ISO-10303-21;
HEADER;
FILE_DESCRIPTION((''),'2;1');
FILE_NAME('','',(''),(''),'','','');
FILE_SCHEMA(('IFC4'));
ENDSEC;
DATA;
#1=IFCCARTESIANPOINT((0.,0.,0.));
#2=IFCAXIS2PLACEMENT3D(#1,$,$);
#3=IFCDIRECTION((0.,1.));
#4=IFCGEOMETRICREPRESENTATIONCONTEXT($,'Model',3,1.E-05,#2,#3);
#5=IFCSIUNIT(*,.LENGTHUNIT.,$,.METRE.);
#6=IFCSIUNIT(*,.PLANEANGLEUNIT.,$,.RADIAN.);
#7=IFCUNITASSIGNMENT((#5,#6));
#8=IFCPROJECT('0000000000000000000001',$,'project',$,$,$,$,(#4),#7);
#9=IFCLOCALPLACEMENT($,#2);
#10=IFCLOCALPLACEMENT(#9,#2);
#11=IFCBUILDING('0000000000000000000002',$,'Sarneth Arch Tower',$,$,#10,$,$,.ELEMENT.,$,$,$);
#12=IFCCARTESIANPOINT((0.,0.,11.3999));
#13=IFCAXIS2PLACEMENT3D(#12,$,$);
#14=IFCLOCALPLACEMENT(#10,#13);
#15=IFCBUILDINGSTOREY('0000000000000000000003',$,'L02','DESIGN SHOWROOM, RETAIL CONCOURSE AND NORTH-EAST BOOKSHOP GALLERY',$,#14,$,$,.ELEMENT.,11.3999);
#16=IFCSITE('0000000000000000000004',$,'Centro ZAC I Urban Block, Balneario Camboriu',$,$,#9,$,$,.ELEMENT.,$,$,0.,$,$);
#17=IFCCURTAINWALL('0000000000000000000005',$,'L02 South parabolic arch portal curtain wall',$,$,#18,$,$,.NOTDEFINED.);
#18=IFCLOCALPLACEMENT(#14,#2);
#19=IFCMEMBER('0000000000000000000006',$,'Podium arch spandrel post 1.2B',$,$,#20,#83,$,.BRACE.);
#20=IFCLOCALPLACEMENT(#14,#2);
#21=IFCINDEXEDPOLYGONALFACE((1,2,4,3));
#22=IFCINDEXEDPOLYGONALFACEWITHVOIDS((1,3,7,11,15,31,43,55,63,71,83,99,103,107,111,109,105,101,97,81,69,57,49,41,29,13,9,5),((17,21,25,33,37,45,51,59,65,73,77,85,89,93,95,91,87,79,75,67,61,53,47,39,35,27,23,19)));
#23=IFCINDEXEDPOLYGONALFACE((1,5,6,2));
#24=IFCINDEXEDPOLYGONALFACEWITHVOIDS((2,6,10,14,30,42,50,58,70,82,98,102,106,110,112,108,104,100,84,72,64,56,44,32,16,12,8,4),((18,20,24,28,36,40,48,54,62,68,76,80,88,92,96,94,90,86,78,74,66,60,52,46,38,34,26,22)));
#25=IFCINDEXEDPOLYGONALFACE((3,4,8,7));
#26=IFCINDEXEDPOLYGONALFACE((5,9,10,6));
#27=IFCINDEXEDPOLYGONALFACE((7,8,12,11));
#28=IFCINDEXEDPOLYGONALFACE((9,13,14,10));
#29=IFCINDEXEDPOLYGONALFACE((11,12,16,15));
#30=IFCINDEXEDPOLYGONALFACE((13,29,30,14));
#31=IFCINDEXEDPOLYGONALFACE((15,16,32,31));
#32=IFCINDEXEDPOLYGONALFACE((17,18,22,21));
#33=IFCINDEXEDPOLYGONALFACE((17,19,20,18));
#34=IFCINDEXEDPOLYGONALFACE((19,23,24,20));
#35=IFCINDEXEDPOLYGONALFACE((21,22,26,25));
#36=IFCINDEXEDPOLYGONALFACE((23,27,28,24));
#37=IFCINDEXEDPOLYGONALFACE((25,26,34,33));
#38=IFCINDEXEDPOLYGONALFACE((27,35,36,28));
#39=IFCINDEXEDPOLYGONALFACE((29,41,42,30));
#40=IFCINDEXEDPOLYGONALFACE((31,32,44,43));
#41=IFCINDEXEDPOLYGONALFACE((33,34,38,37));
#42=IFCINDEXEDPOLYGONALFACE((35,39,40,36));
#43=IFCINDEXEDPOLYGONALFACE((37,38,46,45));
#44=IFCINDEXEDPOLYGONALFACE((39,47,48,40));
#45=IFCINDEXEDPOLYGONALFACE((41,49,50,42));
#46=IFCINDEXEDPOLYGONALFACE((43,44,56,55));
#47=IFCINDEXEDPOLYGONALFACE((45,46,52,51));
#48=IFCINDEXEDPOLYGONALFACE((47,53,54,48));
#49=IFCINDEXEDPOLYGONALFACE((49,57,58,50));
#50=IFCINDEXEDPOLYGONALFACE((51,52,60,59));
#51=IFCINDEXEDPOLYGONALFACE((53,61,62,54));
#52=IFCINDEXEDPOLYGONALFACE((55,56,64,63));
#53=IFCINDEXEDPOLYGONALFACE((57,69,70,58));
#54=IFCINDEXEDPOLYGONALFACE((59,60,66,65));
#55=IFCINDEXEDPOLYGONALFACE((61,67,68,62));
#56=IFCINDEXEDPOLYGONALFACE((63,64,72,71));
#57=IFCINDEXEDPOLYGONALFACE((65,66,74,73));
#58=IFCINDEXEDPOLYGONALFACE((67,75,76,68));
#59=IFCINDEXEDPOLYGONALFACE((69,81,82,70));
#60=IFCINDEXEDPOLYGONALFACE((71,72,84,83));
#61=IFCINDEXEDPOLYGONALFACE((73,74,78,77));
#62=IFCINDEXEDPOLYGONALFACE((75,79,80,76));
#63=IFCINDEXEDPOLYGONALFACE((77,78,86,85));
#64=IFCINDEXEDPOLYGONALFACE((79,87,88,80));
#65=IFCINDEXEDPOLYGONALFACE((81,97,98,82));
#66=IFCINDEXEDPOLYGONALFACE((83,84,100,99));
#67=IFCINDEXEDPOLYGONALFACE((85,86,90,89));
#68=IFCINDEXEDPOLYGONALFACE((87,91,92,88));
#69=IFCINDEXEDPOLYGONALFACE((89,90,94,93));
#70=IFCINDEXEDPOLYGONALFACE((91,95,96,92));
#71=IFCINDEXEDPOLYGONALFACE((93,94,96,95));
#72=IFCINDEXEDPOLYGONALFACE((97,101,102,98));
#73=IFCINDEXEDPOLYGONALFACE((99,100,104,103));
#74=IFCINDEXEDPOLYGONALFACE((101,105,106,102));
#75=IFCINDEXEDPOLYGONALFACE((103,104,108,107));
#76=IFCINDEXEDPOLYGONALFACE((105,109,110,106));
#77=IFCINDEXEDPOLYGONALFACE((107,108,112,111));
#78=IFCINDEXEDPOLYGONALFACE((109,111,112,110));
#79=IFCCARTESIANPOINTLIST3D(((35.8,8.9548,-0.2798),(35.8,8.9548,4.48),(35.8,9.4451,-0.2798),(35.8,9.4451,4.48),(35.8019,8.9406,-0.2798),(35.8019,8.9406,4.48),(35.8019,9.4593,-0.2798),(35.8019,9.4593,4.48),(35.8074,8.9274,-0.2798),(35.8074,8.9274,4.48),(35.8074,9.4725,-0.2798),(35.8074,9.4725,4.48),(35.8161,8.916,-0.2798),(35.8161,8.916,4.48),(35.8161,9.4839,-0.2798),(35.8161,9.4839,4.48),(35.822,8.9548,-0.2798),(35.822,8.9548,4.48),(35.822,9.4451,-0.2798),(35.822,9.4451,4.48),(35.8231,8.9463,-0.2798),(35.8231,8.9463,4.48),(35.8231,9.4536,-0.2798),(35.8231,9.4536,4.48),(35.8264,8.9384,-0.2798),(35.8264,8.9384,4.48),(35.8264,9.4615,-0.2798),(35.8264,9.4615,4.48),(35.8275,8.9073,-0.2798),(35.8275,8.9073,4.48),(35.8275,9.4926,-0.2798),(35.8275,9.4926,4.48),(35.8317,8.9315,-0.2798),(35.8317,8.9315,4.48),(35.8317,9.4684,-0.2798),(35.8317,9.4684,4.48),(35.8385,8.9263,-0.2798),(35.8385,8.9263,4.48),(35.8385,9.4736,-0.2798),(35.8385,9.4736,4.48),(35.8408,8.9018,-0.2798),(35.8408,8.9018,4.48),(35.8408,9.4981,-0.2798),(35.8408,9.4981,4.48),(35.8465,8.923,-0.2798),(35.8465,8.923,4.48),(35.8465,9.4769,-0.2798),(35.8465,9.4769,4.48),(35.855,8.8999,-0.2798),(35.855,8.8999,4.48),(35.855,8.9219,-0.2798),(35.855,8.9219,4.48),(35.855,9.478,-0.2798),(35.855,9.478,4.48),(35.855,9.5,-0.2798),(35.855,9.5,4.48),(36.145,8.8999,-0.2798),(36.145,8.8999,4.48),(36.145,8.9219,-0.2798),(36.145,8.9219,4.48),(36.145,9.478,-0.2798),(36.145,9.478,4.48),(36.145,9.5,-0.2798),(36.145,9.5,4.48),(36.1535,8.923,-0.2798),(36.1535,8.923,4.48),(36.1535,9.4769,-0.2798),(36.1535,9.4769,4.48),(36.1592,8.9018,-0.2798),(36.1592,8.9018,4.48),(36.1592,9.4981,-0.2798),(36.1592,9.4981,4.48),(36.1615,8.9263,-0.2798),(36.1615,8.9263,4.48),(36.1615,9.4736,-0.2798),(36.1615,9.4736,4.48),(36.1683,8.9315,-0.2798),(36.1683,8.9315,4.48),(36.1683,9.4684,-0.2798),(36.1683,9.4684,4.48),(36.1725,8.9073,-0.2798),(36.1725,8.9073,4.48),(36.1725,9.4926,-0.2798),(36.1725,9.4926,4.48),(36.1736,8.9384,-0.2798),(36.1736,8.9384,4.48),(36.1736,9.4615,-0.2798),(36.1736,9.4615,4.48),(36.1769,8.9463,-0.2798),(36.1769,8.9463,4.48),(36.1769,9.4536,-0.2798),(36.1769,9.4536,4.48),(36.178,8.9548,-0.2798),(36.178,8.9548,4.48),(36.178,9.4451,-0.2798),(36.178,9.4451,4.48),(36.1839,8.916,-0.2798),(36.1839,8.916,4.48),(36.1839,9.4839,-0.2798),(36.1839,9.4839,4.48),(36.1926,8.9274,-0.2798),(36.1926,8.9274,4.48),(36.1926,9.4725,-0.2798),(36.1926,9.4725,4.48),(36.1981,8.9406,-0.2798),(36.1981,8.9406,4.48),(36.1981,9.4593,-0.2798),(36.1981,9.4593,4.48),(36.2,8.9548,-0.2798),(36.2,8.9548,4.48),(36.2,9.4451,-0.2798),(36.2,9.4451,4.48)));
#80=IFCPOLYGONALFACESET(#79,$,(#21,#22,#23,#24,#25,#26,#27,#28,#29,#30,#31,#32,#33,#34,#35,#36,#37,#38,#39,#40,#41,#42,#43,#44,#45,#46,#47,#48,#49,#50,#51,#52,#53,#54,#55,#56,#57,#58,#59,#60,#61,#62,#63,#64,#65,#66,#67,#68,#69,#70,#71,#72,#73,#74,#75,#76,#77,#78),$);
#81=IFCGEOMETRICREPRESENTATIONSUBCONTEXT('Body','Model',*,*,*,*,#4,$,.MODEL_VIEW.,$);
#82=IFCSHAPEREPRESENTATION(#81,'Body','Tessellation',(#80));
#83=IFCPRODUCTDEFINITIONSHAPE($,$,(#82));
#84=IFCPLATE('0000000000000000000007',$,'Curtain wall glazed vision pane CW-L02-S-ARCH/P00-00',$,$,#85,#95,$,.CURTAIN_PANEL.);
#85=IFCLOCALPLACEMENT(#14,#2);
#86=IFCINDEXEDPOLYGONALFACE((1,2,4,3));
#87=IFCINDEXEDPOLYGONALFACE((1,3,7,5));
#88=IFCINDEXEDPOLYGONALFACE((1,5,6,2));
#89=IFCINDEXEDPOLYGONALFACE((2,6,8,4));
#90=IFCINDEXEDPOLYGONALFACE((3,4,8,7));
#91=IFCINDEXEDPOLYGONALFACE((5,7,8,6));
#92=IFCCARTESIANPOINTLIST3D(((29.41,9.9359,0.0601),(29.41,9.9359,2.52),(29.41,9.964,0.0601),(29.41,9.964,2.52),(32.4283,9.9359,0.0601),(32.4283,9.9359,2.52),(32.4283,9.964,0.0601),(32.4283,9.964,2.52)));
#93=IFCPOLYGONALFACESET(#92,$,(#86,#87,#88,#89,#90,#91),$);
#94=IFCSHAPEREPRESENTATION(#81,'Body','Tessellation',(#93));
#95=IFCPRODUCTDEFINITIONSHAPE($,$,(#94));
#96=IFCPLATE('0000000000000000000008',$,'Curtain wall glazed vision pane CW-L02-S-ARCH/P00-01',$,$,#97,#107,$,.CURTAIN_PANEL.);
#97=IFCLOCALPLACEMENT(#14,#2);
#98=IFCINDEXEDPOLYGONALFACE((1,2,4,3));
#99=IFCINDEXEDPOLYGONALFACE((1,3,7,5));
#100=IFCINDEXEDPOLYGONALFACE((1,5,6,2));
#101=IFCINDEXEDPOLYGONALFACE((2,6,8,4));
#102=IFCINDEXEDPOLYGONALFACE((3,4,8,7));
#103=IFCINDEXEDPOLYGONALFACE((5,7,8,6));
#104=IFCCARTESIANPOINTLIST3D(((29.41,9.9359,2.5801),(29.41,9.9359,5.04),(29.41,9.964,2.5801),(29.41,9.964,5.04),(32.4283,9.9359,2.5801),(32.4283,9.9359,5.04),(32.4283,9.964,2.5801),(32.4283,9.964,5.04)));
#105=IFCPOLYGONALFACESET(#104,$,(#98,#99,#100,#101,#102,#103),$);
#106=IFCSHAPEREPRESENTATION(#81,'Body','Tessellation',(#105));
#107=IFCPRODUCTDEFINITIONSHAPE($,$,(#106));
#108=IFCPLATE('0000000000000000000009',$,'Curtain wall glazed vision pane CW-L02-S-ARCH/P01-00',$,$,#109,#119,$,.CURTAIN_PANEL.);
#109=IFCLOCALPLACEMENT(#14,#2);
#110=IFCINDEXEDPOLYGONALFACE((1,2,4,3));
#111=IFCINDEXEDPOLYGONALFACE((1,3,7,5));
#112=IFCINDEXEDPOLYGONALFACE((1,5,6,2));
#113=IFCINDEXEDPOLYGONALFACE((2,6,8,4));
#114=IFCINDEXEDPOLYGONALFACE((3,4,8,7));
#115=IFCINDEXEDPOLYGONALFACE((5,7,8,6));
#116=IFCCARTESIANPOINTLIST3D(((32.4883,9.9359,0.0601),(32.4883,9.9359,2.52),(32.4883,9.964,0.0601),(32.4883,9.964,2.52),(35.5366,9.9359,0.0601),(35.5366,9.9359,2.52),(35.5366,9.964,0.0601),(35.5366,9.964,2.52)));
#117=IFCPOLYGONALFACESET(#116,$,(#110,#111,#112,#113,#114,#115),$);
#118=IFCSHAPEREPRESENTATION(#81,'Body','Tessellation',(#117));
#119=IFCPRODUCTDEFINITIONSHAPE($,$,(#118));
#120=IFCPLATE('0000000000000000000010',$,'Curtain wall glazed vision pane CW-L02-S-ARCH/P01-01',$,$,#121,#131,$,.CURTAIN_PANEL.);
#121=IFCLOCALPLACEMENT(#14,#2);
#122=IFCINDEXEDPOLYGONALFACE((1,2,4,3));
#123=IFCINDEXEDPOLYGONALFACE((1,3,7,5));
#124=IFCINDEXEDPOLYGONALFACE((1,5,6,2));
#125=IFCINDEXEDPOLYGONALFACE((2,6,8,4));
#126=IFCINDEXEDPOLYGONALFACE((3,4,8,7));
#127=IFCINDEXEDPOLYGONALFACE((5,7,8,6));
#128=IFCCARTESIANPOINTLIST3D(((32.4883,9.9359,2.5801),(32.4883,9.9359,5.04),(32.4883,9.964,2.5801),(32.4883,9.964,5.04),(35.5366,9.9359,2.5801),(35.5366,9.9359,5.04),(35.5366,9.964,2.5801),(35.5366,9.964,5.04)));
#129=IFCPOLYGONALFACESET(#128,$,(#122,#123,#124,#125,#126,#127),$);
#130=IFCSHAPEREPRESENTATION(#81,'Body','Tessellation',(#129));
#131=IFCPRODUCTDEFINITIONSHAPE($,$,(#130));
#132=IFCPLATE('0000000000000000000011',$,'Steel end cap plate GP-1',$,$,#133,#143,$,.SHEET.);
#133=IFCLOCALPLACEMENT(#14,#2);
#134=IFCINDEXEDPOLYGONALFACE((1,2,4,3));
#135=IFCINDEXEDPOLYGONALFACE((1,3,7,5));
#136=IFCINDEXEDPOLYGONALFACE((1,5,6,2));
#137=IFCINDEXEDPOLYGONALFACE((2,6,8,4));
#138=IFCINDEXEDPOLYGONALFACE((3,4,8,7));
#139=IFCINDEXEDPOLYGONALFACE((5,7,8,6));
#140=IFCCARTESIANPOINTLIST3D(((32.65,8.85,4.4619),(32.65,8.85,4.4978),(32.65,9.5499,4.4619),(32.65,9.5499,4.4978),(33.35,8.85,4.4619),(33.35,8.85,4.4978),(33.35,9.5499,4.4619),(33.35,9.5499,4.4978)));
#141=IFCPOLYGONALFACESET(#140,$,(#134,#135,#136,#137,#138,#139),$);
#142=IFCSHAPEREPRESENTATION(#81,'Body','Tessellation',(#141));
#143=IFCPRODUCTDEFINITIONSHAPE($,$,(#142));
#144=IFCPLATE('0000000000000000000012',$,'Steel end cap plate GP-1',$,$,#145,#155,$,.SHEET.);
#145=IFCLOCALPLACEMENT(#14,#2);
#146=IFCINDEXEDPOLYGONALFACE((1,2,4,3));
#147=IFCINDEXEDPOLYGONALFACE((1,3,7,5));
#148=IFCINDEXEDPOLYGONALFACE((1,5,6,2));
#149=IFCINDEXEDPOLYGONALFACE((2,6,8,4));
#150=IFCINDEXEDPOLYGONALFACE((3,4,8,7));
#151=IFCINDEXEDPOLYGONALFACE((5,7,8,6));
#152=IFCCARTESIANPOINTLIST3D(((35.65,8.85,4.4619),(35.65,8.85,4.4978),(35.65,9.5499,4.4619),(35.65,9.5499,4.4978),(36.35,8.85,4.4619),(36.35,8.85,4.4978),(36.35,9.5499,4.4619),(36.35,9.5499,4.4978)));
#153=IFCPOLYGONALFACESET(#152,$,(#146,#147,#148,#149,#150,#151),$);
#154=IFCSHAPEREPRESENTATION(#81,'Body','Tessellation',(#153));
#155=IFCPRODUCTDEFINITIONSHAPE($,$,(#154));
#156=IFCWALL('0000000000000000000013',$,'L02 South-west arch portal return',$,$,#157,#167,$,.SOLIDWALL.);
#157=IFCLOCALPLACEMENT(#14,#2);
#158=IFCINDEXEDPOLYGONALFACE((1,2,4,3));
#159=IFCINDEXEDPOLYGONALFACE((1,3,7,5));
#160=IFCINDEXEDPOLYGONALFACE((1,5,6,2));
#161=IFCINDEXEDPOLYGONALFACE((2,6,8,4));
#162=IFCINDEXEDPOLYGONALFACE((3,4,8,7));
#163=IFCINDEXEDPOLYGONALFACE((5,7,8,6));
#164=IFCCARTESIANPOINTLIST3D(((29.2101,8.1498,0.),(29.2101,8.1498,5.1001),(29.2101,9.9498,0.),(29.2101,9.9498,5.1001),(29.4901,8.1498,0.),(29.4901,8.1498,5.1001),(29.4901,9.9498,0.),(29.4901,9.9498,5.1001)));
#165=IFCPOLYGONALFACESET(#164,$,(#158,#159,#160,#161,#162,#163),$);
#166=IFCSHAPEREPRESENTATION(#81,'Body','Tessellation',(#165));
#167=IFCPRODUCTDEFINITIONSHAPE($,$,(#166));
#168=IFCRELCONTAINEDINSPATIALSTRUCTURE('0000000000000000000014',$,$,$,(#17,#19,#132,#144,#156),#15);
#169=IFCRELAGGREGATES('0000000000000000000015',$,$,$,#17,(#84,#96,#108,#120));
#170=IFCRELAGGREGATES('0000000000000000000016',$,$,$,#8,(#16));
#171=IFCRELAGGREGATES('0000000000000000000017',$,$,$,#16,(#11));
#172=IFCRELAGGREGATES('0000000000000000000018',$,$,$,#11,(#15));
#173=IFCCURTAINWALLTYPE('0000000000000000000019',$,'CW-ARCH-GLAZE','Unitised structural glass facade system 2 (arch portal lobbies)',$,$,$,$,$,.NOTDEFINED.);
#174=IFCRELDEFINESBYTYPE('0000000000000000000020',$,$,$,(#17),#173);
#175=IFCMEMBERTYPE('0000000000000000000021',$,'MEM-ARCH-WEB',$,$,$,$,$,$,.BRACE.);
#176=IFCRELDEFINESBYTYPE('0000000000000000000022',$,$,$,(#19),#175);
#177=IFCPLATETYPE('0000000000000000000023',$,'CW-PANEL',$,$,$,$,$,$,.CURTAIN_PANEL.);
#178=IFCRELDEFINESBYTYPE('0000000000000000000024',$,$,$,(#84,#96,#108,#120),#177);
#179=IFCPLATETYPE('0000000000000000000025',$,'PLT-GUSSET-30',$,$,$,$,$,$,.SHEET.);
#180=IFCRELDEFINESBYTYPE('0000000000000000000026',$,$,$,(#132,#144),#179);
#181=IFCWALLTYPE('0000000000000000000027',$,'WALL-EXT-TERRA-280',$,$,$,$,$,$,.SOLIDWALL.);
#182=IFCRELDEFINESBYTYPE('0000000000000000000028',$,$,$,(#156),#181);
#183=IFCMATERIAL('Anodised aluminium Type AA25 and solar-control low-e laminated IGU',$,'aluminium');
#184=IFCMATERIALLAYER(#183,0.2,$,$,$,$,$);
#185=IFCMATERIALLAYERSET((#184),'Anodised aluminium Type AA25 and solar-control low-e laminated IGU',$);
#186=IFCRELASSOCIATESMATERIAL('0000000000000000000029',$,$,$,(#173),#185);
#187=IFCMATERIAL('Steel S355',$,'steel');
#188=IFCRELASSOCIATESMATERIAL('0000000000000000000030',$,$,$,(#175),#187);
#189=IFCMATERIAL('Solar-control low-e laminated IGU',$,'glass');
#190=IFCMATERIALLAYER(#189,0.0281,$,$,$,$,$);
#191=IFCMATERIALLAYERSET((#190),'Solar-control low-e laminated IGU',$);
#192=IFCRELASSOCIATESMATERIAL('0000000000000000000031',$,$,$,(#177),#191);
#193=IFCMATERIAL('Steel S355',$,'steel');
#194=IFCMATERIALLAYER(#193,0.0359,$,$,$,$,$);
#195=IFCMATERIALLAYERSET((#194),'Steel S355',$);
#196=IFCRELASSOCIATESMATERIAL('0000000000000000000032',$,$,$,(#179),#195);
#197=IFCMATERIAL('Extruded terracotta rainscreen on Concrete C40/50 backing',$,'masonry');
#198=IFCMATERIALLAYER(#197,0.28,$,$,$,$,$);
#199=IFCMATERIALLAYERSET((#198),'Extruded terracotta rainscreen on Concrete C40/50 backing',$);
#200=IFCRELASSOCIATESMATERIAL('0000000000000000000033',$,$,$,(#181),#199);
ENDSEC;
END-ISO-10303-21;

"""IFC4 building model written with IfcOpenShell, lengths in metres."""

from ifc_helpers import new_model, si_unit, direction, frame, frame_2d, origin, origin_2d, place, context, subcontext, project, spatial, rectangle, hollow_rectangle, extrude, material, layer, layer_set, material_profile, profile_set, type_object, element, aggregate, save


model = new_model("IFC4")

# Units and contexts
model_context = context("Model", 3, precision=1e-05, world=origin(), true_north=direction((0.0, 1.0)))
body_context = subcontext(model_context, "Body", "Model", "MODEL_VIEW")
ifc_project = project(units=[si_unit("LENGTHUNIT", "METRE"), si_unit("PLANEANGLEUNIT", "RADIAN")], contexts=[model_context])

# Site, building, storey
site_placement = place(None, origin())
site = spatial("IfcSite", under=ifc_project, at=site_placement, Name="Centro ZAC I Urban Block, Balneario Camboriu", CompositionType="ELEMENT", RefElevation=0.0)
building_placement = place(site_placement, origin())
building = spatial("IfcBuilding", under=site, at=building_placement, Name="Sarneth Arch Tower", CompositionType="ELEMENT")
storey_placement = place(building_placement, frame((0.0, 0.0, 11.3999)))
storey = spatial("IfcBuildingStorey", under=building, at=storey_placement, Name="L02", Description="DESIGN SHOWROOM, RETAIL CONCOURSE AND NORTH-EAST BOOKSHOP GALLERY", CompositionType="ELEMENT", Elevation=11.3999)

# Curtain wall
ifc_material_1 = material(Name="Anodised aluminium Type AA25 and solar-control low-e laminated IGU", Category="aluminium")
ifc_layer_1 = layer(ifc_material_1, 0.2)
ifc_layer_set_1 = layer_set([ifc_layer_1], Name="Anodised aluminium Type AA25 and solar-control low-e laminated IGU")
curtain_wall_type = type_object("IfcCurtainWallType", Name="CW-ARCH-GLAZE", Description="Unitised structural glass facade system 2 (arch portal lobbies)", PredefinedType="NOTDEFINED", material=ifc_layer_set_1)
curtain_wall_placement = place(storey_placement, origin())
curtain_wall = element("IfcCurtainWall", 1, at=curtain_wall_placement, inside=storey, type_object=curtain_wall_type, Name="L02 South parabolic arch portal curtain wall", PredefinedType="NOTDEFINED")

# Member
ifc_material_2 = material(Name="Steel S355", Category="steel")
ifc_material_profile_1 = material_profile(ifc_material_2, hollow_rectangle(XDim=0.3999, YDim=0.6001, WallThickness=0.022, InnerFilletRadius=0.033, OuterFilletRadius=0.0549, at=origin_2d()), Name="RHS600x400x22")
ifc_profile_set_1 = profile_set([ifc_material_profile_1], Name="Steel S355")
member_type_1 = type_object("IfcMemberType", Name="MEM-ARCH-WEB", PredefinedType="BRACE", material=ifc_profile_set_1)
for number, where, z_axis, x_axis, name in (
    (2, (36.0, 9.2, -0.2798), (0.0, 0.0, 1.0), (1.0, 0.0, 0.0), "Podium arch spandrel post 1.2B"),
):
    element("IfcMember", number, at=place(storey_placement, frame(where, z_axis=z_axis, x_axis=x_axis)), inside=storey, type_object=member_type_1, Name=name, PredefinedType="BRACE", context=body_context, shape_type="SweptSolid", body=[
        extrude(hollow_rectangle(XDim=0.3999, YDim=0.6001, WallThickness=0.022, InnerFilletRadius=0.033, OuterFilletRadius=0.0549, at=origin_2d()), origin(), (0.0, 0.0, 1.0), 4.7598),
    ])

# Plates
ifc_material_3 = material(Name="Solar-control low-e laminated IGU", Category="glass")
ifc_layer_2 = layer(ifc_material_3, 0.0281)
ifc_layer_set_2 = layer_set([ifc_layer_2], Name="Solar-control low-e laminated IGU")
plate_type_1 = type_object("IfcPlateType", Name="CW-PANEL", PredefinedType="CURTAIN_PANEL", material=ifc_layer_set_2)
plate_1_placement = place(storey_placement, frame((30.9192, 9.95, 0.0601), z_axis=(0.0, 0.0, 1.0), x_axis=(1.0, 0.0, 0.0)))
plate_1 = element("IfcPlate", 3, at=plate_1_placement, type_object=plate_type_1, Name="Curtain wall glazed vision pane CW-L02-S-ARCH/P00-00", PredefinedType="CURTAIN_PANEL", context=body_context, shape_type="SweptSolid", body=[
    extrude(rectangle(XDim=3.0183, YDim=0.0281, at=origin_2d()), origin(), (0.0, 0.0, 1.0), 2.46),
])
plate_2_placement = place(storey_placement, frame((30.9192, 9.95, 2.5801), z_axis=(0.0, 0.0, 1.0), x_axis=(1.0, 0.0, 0.0)))
plate_2 = element("IfcPlate", 4, at=plate_2_placement, type_object=plate_type_1, Name="Curtain wall glazed vision pane CW-L02-S-ARCH/P00-01", PredefinedType="CURTAIN_PANEL", context=body_context, shape_type="SweptSolid", body=[
    extrude(rectangle(XDim=3.0183, YDim=0.0281, at=origin_2d()), origin(), (0.0, 0.0, 1.0), 2.46),
])
plate_3_placement = place(storey_placement, frame((34.0125, 9.95, 0.0601), z_axis=(0.0, 0.0, 1.0), x_axis=(1.0, 0.0, 0.0)))
plate_3 = element("IfcPlate", 5, at=plate_3_placement, type_object=plate_type_1, Name="Curtain wall glazed vision pane CW-L02-S-ARCH/P01-00", PredefinedType="CURTAIN_PANEL", context=body_context, shape_type="SweptSolid", body=[
    extrude(rectangle(XDim=3.0483, YDim=0.0281, at=origin_2d()), origin(), (0.0, 0.0, 1.0), 2.46),
])
plate_4_placement = place(storey_placement, frame((34.0125, 9.95, 2.5801), z_axis=(0.0, 0.0, 1.0), x_axis=(1.0, 0.0, 0.0)))
plate_4 = element("IfcPlate", 6, at=plate_4_placement, type_object=plate_type_1, Name="Curtain wall glazed vision pane CW-L02-S-ARCH/P01-01", PredefinedType="CURTAIN_PANEL", context=body_context, shape_type="SweptSolid", body=[
    extrude(rectangle(XDim=3.0483, YDim=0.0281, at=origin_2d()), origin(), (0.0, 0.0, 1.0), 2.46),
])
aggregate(curtain_wall, [plate_1, plate_2, plate_3, plate_4])

# Plates
ifc_material_4 = material(Name="Steel S355", Category="steel")
ifc_layer_3 = layer(ifc_material_4, 0.0359)
ifc_layer_set_3 = layer_set([ifc_layer_3], Name="Steel S355")
plate_type_2 = type_object("IfcPlateType", Name="PLT-GUSSET-30", PredefinedType="SHEET", material=ifc_layer_set_3)
for number, where, z_axis, x_axis, name in (
    (7, (33.0, 9.2, 4.4619), (0.0, 0.0, 1.0), (1.0, 0.0, 0.0), "Steel end cap plate GP-1"),
    (8, (36.0, 9.2, 4.4619), (0.0, 0.0, 1.0), (1.0, 0.0, 0.0), "Steel end cap plate GP-1"),
):
    element("IfcPlate", number, at=place(storey_placement, frame(where, z_axis=z_axis, x_axis=x_axis)), inside=storey, type_object=plate_type_2, Name=name, PredefinedType="SHEET", context=body_context, shape_type="SweptSolid", body=[
        extrude(rectangle(XDim=0.7, YDim=0.7, at=origin_2d()), origin(), (0.0, 0.0, 1.0), 0.0359),
    ])

# Wall
ifc_material_5 = material(Name="Extruded terracotta rainscreen on Concrete C40/50 backing", Category="masonry")
ifc_layer_4 = layer(ifc_material_5, 0.28)
ifc_layer_set_4 = layer_set([ifc_layer_4], Name="Extruded terracotta rainscreen on Concrete C40/50 backing")
wall_type_1 = type_object("IfcWallType", Name="WALL-EXT-TERRA-280", PredefinedType="SOLIDWALL", material=ifc_layer_set_4)
wall_1_placement = place(storey_placement, frame((29.3501, 8.1499, 0.0), z_axis=(0.0, 0.0, 1.0), x_axis=(0.0, 1.0, 0.0)))
element("IfcWall", 9, at=wall_1_placement, inside=storey, type_object=wall_type_1, Name="L02 South-west arch portal return", PredefinedType="SOLIDWALL", context=body_context, shape_type="SweptSolid", body=[
    extrude(rectangle(XDim=1.8, YDim=0.28, at=frame_2d((0.8999, 0.0))), origin(), (0.0, 0.0, 1.0), 5.1001),
])

save(model, "model.ifc")
